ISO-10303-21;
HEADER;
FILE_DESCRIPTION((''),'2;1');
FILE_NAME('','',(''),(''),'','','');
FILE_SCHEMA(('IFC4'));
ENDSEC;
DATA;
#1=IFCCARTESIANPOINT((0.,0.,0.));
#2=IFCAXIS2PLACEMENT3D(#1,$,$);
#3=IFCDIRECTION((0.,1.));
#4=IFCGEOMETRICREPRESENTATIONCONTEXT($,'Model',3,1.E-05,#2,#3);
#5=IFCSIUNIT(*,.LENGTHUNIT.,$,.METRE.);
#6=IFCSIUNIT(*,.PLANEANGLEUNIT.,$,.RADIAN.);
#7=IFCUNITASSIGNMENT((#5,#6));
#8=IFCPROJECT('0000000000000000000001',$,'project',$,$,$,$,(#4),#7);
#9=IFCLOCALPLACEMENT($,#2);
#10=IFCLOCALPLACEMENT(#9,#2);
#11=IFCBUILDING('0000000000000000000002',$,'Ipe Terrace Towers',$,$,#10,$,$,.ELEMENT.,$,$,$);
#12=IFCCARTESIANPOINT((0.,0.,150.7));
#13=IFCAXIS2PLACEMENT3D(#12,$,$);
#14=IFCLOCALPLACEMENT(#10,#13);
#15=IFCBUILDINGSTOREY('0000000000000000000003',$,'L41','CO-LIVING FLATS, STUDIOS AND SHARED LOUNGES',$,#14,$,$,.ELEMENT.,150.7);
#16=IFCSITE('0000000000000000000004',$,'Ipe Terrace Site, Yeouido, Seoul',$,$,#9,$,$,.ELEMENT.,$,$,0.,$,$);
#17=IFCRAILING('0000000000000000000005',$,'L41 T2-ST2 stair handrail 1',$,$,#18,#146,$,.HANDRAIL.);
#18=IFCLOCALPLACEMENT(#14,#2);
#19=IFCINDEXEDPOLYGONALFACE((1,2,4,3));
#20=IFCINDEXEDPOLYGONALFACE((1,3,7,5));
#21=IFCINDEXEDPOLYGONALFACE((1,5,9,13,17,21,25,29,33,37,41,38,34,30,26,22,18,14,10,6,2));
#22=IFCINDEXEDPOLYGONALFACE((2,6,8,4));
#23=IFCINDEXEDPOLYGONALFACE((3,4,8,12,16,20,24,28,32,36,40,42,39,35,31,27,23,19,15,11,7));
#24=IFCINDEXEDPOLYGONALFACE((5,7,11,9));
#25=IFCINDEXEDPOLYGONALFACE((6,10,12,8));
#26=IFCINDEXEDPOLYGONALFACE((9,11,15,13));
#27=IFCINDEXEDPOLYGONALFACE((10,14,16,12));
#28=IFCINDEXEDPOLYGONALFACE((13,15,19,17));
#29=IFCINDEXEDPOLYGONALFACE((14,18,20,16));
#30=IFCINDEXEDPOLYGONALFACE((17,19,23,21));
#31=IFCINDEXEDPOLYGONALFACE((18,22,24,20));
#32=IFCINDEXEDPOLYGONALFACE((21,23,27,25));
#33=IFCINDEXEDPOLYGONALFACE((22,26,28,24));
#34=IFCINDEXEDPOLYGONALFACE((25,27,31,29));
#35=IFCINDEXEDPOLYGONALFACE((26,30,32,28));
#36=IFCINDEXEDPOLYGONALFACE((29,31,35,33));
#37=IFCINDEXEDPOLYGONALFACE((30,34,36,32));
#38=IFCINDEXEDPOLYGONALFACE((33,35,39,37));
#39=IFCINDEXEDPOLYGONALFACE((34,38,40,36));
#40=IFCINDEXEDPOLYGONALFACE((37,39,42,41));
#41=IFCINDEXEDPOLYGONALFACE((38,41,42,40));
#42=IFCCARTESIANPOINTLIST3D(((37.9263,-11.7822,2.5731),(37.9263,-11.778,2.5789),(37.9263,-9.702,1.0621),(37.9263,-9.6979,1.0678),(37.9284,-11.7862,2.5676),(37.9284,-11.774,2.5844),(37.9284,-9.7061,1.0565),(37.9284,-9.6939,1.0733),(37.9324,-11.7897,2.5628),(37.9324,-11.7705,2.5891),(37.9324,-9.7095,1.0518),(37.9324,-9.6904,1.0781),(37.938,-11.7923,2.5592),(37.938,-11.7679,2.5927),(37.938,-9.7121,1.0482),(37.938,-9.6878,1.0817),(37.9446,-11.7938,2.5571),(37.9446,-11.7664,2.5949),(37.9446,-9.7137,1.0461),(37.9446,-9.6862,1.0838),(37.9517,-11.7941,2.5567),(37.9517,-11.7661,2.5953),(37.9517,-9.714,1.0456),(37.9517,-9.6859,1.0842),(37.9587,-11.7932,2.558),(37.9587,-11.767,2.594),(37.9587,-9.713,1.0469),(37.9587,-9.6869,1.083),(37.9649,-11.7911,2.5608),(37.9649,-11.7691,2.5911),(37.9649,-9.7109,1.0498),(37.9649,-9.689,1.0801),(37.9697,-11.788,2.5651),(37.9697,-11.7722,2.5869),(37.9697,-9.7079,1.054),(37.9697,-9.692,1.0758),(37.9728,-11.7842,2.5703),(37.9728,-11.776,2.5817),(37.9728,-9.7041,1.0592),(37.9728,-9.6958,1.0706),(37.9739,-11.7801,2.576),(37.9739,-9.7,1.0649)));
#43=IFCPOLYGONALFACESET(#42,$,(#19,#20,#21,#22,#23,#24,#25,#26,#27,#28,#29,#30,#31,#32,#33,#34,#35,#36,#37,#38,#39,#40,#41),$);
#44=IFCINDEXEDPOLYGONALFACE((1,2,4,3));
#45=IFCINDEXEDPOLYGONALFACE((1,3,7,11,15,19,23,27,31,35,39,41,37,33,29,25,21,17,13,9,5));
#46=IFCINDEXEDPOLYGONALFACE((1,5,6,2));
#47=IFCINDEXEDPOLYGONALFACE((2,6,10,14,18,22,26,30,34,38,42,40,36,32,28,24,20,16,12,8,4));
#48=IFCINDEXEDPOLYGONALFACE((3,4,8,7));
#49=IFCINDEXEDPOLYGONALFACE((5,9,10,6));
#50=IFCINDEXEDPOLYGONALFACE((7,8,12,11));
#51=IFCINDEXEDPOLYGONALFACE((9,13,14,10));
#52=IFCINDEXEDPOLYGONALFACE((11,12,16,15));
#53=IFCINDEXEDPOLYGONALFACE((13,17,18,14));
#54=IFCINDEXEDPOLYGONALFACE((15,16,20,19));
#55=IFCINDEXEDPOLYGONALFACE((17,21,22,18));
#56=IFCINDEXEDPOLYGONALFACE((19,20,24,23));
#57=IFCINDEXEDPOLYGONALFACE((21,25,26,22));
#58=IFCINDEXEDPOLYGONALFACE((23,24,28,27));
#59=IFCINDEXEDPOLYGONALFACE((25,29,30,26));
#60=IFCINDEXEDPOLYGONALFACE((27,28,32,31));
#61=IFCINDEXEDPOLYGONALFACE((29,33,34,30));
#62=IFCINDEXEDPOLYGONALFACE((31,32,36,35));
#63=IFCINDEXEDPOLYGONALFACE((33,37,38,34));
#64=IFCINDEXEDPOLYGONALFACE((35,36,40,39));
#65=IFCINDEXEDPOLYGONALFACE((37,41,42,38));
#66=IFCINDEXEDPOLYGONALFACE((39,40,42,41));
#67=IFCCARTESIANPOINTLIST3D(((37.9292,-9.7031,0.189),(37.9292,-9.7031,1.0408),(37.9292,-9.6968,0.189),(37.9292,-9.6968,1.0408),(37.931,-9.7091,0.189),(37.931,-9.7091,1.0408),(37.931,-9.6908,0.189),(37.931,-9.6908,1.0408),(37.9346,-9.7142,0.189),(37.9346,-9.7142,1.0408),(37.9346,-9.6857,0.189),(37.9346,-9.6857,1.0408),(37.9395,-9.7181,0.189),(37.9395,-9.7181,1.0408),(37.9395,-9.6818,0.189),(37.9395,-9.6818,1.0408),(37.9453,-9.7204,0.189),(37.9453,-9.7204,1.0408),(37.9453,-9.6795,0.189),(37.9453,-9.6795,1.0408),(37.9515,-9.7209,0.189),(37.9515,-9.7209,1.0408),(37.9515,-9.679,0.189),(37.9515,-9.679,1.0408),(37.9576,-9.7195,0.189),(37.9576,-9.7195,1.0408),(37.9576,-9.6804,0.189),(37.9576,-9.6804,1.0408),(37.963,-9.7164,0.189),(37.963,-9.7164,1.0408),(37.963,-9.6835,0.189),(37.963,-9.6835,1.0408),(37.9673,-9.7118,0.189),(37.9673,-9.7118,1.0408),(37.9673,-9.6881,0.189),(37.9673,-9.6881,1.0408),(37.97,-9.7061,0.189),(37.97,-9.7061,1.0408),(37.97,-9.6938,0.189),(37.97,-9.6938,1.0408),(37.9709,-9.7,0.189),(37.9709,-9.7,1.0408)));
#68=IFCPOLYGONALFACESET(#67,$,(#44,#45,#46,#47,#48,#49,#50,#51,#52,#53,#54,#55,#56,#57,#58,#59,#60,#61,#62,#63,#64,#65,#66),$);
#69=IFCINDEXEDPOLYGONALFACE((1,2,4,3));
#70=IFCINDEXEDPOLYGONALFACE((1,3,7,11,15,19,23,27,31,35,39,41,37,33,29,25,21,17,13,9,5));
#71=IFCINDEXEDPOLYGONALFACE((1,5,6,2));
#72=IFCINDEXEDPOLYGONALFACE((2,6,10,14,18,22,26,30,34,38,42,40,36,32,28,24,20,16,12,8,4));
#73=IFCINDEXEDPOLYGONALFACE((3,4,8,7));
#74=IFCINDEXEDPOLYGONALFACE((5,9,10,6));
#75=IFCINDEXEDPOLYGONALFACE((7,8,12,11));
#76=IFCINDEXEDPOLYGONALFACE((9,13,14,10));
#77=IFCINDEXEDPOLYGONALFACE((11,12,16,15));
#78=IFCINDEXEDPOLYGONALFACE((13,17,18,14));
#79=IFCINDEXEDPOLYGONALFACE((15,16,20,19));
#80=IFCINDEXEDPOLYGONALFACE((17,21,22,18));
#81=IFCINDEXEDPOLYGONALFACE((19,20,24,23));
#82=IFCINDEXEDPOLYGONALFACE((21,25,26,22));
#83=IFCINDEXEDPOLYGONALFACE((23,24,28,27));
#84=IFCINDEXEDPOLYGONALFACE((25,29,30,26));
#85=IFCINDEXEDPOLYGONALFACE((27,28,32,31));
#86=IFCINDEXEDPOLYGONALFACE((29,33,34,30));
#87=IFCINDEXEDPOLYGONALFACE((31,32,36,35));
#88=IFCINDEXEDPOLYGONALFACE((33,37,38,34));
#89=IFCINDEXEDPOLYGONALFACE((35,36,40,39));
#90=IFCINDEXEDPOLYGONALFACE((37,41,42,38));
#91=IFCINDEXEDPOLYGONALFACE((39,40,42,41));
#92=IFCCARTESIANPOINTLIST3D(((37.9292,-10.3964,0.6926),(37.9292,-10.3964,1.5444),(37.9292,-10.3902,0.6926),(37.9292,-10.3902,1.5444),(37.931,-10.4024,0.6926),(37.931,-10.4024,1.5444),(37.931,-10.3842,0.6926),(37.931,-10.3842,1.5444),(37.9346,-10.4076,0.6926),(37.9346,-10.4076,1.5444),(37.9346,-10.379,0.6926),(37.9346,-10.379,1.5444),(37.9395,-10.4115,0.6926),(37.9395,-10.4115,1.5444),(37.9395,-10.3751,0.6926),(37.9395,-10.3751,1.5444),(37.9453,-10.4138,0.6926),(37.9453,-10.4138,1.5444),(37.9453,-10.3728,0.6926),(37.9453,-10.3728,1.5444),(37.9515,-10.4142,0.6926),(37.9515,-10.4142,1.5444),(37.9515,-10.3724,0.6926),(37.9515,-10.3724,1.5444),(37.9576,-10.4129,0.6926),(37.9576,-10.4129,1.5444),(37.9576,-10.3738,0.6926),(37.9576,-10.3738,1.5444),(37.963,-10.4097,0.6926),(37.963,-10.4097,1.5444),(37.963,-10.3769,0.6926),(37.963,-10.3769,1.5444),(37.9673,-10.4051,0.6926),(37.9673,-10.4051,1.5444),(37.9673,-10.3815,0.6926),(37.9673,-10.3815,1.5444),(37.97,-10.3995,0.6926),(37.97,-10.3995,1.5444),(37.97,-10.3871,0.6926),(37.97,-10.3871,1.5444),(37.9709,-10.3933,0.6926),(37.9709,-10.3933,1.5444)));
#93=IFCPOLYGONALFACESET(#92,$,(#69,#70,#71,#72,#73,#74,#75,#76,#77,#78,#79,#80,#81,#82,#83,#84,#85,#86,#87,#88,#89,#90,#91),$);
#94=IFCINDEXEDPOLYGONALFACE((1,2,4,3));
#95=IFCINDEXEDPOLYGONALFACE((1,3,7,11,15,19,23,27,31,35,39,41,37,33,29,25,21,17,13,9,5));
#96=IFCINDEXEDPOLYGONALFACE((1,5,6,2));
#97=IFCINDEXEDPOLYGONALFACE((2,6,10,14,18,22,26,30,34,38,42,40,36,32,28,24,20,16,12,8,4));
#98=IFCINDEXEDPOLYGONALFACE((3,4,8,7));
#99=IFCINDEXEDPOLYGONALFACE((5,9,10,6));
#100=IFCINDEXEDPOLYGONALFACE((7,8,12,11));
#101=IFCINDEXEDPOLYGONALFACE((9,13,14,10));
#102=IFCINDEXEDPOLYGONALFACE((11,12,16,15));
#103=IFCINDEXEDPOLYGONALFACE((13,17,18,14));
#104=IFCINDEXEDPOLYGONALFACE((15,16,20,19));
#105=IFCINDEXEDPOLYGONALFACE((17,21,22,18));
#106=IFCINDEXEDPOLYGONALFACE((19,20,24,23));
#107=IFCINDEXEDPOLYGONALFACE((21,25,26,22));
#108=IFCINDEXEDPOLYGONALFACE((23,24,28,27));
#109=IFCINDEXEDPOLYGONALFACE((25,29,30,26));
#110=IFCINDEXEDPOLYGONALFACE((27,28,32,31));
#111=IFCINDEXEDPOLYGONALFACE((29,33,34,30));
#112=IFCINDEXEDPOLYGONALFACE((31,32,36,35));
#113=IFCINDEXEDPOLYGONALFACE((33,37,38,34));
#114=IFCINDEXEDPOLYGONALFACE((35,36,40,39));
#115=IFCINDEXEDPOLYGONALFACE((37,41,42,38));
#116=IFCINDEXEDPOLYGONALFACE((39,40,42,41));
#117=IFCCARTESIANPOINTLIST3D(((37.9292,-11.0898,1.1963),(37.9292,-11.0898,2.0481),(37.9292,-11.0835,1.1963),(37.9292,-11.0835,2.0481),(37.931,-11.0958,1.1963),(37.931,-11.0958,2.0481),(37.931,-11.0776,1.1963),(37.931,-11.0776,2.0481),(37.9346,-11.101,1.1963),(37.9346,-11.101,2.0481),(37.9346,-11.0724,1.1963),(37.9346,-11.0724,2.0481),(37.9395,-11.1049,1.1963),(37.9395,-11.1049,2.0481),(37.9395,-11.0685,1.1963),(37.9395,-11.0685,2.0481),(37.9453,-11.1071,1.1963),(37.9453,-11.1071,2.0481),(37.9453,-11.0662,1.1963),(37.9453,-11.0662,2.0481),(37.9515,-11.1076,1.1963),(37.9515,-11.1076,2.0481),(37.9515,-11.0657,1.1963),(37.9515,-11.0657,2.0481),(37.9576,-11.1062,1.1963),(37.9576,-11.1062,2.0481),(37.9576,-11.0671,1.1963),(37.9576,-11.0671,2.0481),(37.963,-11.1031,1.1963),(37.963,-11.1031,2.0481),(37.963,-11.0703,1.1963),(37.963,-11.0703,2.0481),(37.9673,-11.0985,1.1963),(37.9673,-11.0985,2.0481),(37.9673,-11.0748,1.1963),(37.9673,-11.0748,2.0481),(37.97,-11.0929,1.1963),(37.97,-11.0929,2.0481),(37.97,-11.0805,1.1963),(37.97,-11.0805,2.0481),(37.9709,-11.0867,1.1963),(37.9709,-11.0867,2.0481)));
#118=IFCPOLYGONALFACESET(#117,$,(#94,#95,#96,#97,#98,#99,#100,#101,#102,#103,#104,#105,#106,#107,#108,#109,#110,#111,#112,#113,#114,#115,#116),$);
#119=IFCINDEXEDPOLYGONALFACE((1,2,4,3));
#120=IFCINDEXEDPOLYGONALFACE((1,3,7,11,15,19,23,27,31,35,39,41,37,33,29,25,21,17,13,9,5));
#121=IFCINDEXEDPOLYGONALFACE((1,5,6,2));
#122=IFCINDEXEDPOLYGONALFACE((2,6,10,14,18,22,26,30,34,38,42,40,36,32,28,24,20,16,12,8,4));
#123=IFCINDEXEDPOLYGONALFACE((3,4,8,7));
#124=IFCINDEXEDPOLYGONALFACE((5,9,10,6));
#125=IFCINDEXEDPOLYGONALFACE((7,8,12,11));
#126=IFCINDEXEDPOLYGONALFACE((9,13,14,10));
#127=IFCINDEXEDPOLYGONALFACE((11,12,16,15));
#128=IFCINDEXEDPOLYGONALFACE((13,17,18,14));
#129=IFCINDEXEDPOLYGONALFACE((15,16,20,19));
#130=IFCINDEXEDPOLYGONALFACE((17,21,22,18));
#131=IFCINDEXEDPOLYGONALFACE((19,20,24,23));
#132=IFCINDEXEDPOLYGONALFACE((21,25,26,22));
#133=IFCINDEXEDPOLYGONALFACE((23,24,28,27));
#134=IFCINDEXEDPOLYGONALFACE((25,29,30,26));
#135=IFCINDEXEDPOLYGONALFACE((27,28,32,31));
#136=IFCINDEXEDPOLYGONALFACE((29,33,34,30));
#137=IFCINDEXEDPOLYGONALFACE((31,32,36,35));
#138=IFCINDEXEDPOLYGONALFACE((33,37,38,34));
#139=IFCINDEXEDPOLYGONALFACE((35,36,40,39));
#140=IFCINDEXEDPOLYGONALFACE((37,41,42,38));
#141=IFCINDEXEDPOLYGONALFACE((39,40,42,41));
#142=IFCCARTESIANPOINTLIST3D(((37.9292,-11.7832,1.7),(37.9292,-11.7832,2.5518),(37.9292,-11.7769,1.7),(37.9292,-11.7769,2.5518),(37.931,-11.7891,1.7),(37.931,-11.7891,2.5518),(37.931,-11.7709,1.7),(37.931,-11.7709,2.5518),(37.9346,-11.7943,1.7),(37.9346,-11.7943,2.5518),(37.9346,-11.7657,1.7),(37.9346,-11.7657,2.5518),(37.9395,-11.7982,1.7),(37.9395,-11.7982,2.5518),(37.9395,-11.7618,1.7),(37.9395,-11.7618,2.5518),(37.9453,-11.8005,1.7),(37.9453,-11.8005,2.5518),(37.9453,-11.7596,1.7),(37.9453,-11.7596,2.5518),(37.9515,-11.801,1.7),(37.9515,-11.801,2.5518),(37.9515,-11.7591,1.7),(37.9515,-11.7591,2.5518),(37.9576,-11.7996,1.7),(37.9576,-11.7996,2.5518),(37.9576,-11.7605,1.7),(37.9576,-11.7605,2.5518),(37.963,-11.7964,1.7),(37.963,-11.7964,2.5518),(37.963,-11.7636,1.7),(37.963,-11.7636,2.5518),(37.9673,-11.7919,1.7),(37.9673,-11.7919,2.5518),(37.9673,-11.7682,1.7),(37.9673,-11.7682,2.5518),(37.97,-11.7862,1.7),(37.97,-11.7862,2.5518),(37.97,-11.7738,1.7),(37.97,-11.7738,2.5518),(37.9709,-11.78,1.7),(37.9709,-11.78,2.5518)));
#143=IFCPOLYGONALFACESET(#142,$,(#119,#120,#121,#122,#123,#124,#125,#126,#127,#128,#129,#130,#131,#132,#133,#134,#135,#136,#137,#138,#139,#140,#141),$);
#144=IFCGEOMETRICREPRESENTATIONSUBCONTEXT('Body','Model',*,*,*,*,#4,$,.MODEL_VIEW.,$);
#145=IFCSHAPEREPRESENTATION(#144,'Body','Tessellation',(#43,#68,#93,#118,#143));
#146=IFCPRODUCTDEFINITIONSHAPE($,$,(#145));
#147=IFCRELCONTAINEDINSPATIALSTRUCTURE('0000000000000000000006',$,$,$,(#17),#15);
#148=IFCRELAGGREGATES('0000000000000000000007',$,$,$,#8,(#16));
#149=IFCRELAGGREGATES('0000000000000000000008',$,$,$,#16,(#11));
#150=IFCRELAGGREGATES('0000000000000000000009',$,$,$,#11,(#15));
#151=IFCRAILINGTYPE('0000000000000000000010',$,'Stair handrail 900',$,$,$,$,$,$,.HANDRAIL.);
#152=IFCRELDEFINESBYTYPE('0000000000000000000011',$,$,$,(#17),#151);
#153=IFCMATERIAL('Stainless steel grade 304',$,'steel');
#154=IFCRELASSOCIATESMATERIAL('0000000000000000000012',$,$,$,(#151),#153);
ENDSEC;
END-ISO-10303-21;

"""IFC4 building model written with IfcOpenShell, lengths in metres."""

from ifc_helpers import new_model, si_unit, direction, frame, origin, origin_2d, place, context, subcontext, project, spatial, circle, extrude, material, type_object, element, save


model = new_model("IFC4")

# Units and contexts
model_context = context("Model", 3, precision=1e-05, world=origin(), true_north=direction((0.0, 1.0)))
body_context = subcontext(model_context, "Body", "Model", "MODEL_VIEW")
ifc_project = project(units=[si_unit("LENGTHUNIT", "METRE"), si_unit("PLANEANGLEUNIT", "RADIAN")], contexts=[model_context])

# Site, building, storey
site_placement = place(None, origin())
site = spatial("IfcSite", under=ifc_project, at=site_placement, Name="Ipe Terrace Site, Yeouido, Seoul", CompositionType="ELEMENT", RefElevation=0.0)
building_placement = place(site_placement, origin())
building = spatial("IfcBuilding", under=site, at=building_placement, Name="Ipe Terrace Towers", CompositionType="ELEMENT")
storey_placement = place(building_placement, frame((0.0, 0.0, 150.7)))
storey = spatial("IfcBuildingStorey", under=building, at=storey_placement, Name="L41", Description="CO-LIVING FLATS, STUDIOS AND SHARED LOUNGES", CompositionType="ELEMENT", Elevation=150.7)

# Railing
ifc_material_1 = material(Name="Stainless steel grade 304", Category="steel")
railing_type_1 = type_object("IfcRailingType", Name="Stair handrail 900", PredefinedType="HANDRAIL", material=ifc_material_1)
railing_1_placement = place(storey_placement, frame((37.95, -9.7, 0.189)))
element("IfcRailing", 1, at=railing_1_placement, inside=storey, type_object=railing_type_1, Name="L41 T2-ST2 stair handrail 1", PredefinedType="HANDRAIL", context=body_context, shape_type="SweptSolid", body=[
    extrude(circle(Radius=0.0239, at=origin_2d()), frame((0.0, 0.0, 0.876), z_axis=(0.0, -0.809069, 0.587714), x_axis=(1.0, 0.0, 0.0)), (0.0, 0.0, 1.0), 2.571),
    extrude(circle(Radius=0.021, at=origin_2d()), origin(), (0.0, 0.0, 1.0), 0.8518),
    extrude(circle(Radius=0.021, at=origin_2d()), frame((0.0, -0.6934, 0.5037)), (0.0, 0.0, 1.0), 0.8518),
    extrude(circle(Radius=0.021, at=origin_2d()), frame((0.0, -1.3867, 1.0073)), (0.0, 0.0, 1.0), 0.8518),
    extrude(circle(Radius=0.021, at=origin_2d()), frame((0.0, -2.0801, 1.511)), (0.0, 0.0, 1.0), 0.8518),
])

save(model, "model.ifc")
